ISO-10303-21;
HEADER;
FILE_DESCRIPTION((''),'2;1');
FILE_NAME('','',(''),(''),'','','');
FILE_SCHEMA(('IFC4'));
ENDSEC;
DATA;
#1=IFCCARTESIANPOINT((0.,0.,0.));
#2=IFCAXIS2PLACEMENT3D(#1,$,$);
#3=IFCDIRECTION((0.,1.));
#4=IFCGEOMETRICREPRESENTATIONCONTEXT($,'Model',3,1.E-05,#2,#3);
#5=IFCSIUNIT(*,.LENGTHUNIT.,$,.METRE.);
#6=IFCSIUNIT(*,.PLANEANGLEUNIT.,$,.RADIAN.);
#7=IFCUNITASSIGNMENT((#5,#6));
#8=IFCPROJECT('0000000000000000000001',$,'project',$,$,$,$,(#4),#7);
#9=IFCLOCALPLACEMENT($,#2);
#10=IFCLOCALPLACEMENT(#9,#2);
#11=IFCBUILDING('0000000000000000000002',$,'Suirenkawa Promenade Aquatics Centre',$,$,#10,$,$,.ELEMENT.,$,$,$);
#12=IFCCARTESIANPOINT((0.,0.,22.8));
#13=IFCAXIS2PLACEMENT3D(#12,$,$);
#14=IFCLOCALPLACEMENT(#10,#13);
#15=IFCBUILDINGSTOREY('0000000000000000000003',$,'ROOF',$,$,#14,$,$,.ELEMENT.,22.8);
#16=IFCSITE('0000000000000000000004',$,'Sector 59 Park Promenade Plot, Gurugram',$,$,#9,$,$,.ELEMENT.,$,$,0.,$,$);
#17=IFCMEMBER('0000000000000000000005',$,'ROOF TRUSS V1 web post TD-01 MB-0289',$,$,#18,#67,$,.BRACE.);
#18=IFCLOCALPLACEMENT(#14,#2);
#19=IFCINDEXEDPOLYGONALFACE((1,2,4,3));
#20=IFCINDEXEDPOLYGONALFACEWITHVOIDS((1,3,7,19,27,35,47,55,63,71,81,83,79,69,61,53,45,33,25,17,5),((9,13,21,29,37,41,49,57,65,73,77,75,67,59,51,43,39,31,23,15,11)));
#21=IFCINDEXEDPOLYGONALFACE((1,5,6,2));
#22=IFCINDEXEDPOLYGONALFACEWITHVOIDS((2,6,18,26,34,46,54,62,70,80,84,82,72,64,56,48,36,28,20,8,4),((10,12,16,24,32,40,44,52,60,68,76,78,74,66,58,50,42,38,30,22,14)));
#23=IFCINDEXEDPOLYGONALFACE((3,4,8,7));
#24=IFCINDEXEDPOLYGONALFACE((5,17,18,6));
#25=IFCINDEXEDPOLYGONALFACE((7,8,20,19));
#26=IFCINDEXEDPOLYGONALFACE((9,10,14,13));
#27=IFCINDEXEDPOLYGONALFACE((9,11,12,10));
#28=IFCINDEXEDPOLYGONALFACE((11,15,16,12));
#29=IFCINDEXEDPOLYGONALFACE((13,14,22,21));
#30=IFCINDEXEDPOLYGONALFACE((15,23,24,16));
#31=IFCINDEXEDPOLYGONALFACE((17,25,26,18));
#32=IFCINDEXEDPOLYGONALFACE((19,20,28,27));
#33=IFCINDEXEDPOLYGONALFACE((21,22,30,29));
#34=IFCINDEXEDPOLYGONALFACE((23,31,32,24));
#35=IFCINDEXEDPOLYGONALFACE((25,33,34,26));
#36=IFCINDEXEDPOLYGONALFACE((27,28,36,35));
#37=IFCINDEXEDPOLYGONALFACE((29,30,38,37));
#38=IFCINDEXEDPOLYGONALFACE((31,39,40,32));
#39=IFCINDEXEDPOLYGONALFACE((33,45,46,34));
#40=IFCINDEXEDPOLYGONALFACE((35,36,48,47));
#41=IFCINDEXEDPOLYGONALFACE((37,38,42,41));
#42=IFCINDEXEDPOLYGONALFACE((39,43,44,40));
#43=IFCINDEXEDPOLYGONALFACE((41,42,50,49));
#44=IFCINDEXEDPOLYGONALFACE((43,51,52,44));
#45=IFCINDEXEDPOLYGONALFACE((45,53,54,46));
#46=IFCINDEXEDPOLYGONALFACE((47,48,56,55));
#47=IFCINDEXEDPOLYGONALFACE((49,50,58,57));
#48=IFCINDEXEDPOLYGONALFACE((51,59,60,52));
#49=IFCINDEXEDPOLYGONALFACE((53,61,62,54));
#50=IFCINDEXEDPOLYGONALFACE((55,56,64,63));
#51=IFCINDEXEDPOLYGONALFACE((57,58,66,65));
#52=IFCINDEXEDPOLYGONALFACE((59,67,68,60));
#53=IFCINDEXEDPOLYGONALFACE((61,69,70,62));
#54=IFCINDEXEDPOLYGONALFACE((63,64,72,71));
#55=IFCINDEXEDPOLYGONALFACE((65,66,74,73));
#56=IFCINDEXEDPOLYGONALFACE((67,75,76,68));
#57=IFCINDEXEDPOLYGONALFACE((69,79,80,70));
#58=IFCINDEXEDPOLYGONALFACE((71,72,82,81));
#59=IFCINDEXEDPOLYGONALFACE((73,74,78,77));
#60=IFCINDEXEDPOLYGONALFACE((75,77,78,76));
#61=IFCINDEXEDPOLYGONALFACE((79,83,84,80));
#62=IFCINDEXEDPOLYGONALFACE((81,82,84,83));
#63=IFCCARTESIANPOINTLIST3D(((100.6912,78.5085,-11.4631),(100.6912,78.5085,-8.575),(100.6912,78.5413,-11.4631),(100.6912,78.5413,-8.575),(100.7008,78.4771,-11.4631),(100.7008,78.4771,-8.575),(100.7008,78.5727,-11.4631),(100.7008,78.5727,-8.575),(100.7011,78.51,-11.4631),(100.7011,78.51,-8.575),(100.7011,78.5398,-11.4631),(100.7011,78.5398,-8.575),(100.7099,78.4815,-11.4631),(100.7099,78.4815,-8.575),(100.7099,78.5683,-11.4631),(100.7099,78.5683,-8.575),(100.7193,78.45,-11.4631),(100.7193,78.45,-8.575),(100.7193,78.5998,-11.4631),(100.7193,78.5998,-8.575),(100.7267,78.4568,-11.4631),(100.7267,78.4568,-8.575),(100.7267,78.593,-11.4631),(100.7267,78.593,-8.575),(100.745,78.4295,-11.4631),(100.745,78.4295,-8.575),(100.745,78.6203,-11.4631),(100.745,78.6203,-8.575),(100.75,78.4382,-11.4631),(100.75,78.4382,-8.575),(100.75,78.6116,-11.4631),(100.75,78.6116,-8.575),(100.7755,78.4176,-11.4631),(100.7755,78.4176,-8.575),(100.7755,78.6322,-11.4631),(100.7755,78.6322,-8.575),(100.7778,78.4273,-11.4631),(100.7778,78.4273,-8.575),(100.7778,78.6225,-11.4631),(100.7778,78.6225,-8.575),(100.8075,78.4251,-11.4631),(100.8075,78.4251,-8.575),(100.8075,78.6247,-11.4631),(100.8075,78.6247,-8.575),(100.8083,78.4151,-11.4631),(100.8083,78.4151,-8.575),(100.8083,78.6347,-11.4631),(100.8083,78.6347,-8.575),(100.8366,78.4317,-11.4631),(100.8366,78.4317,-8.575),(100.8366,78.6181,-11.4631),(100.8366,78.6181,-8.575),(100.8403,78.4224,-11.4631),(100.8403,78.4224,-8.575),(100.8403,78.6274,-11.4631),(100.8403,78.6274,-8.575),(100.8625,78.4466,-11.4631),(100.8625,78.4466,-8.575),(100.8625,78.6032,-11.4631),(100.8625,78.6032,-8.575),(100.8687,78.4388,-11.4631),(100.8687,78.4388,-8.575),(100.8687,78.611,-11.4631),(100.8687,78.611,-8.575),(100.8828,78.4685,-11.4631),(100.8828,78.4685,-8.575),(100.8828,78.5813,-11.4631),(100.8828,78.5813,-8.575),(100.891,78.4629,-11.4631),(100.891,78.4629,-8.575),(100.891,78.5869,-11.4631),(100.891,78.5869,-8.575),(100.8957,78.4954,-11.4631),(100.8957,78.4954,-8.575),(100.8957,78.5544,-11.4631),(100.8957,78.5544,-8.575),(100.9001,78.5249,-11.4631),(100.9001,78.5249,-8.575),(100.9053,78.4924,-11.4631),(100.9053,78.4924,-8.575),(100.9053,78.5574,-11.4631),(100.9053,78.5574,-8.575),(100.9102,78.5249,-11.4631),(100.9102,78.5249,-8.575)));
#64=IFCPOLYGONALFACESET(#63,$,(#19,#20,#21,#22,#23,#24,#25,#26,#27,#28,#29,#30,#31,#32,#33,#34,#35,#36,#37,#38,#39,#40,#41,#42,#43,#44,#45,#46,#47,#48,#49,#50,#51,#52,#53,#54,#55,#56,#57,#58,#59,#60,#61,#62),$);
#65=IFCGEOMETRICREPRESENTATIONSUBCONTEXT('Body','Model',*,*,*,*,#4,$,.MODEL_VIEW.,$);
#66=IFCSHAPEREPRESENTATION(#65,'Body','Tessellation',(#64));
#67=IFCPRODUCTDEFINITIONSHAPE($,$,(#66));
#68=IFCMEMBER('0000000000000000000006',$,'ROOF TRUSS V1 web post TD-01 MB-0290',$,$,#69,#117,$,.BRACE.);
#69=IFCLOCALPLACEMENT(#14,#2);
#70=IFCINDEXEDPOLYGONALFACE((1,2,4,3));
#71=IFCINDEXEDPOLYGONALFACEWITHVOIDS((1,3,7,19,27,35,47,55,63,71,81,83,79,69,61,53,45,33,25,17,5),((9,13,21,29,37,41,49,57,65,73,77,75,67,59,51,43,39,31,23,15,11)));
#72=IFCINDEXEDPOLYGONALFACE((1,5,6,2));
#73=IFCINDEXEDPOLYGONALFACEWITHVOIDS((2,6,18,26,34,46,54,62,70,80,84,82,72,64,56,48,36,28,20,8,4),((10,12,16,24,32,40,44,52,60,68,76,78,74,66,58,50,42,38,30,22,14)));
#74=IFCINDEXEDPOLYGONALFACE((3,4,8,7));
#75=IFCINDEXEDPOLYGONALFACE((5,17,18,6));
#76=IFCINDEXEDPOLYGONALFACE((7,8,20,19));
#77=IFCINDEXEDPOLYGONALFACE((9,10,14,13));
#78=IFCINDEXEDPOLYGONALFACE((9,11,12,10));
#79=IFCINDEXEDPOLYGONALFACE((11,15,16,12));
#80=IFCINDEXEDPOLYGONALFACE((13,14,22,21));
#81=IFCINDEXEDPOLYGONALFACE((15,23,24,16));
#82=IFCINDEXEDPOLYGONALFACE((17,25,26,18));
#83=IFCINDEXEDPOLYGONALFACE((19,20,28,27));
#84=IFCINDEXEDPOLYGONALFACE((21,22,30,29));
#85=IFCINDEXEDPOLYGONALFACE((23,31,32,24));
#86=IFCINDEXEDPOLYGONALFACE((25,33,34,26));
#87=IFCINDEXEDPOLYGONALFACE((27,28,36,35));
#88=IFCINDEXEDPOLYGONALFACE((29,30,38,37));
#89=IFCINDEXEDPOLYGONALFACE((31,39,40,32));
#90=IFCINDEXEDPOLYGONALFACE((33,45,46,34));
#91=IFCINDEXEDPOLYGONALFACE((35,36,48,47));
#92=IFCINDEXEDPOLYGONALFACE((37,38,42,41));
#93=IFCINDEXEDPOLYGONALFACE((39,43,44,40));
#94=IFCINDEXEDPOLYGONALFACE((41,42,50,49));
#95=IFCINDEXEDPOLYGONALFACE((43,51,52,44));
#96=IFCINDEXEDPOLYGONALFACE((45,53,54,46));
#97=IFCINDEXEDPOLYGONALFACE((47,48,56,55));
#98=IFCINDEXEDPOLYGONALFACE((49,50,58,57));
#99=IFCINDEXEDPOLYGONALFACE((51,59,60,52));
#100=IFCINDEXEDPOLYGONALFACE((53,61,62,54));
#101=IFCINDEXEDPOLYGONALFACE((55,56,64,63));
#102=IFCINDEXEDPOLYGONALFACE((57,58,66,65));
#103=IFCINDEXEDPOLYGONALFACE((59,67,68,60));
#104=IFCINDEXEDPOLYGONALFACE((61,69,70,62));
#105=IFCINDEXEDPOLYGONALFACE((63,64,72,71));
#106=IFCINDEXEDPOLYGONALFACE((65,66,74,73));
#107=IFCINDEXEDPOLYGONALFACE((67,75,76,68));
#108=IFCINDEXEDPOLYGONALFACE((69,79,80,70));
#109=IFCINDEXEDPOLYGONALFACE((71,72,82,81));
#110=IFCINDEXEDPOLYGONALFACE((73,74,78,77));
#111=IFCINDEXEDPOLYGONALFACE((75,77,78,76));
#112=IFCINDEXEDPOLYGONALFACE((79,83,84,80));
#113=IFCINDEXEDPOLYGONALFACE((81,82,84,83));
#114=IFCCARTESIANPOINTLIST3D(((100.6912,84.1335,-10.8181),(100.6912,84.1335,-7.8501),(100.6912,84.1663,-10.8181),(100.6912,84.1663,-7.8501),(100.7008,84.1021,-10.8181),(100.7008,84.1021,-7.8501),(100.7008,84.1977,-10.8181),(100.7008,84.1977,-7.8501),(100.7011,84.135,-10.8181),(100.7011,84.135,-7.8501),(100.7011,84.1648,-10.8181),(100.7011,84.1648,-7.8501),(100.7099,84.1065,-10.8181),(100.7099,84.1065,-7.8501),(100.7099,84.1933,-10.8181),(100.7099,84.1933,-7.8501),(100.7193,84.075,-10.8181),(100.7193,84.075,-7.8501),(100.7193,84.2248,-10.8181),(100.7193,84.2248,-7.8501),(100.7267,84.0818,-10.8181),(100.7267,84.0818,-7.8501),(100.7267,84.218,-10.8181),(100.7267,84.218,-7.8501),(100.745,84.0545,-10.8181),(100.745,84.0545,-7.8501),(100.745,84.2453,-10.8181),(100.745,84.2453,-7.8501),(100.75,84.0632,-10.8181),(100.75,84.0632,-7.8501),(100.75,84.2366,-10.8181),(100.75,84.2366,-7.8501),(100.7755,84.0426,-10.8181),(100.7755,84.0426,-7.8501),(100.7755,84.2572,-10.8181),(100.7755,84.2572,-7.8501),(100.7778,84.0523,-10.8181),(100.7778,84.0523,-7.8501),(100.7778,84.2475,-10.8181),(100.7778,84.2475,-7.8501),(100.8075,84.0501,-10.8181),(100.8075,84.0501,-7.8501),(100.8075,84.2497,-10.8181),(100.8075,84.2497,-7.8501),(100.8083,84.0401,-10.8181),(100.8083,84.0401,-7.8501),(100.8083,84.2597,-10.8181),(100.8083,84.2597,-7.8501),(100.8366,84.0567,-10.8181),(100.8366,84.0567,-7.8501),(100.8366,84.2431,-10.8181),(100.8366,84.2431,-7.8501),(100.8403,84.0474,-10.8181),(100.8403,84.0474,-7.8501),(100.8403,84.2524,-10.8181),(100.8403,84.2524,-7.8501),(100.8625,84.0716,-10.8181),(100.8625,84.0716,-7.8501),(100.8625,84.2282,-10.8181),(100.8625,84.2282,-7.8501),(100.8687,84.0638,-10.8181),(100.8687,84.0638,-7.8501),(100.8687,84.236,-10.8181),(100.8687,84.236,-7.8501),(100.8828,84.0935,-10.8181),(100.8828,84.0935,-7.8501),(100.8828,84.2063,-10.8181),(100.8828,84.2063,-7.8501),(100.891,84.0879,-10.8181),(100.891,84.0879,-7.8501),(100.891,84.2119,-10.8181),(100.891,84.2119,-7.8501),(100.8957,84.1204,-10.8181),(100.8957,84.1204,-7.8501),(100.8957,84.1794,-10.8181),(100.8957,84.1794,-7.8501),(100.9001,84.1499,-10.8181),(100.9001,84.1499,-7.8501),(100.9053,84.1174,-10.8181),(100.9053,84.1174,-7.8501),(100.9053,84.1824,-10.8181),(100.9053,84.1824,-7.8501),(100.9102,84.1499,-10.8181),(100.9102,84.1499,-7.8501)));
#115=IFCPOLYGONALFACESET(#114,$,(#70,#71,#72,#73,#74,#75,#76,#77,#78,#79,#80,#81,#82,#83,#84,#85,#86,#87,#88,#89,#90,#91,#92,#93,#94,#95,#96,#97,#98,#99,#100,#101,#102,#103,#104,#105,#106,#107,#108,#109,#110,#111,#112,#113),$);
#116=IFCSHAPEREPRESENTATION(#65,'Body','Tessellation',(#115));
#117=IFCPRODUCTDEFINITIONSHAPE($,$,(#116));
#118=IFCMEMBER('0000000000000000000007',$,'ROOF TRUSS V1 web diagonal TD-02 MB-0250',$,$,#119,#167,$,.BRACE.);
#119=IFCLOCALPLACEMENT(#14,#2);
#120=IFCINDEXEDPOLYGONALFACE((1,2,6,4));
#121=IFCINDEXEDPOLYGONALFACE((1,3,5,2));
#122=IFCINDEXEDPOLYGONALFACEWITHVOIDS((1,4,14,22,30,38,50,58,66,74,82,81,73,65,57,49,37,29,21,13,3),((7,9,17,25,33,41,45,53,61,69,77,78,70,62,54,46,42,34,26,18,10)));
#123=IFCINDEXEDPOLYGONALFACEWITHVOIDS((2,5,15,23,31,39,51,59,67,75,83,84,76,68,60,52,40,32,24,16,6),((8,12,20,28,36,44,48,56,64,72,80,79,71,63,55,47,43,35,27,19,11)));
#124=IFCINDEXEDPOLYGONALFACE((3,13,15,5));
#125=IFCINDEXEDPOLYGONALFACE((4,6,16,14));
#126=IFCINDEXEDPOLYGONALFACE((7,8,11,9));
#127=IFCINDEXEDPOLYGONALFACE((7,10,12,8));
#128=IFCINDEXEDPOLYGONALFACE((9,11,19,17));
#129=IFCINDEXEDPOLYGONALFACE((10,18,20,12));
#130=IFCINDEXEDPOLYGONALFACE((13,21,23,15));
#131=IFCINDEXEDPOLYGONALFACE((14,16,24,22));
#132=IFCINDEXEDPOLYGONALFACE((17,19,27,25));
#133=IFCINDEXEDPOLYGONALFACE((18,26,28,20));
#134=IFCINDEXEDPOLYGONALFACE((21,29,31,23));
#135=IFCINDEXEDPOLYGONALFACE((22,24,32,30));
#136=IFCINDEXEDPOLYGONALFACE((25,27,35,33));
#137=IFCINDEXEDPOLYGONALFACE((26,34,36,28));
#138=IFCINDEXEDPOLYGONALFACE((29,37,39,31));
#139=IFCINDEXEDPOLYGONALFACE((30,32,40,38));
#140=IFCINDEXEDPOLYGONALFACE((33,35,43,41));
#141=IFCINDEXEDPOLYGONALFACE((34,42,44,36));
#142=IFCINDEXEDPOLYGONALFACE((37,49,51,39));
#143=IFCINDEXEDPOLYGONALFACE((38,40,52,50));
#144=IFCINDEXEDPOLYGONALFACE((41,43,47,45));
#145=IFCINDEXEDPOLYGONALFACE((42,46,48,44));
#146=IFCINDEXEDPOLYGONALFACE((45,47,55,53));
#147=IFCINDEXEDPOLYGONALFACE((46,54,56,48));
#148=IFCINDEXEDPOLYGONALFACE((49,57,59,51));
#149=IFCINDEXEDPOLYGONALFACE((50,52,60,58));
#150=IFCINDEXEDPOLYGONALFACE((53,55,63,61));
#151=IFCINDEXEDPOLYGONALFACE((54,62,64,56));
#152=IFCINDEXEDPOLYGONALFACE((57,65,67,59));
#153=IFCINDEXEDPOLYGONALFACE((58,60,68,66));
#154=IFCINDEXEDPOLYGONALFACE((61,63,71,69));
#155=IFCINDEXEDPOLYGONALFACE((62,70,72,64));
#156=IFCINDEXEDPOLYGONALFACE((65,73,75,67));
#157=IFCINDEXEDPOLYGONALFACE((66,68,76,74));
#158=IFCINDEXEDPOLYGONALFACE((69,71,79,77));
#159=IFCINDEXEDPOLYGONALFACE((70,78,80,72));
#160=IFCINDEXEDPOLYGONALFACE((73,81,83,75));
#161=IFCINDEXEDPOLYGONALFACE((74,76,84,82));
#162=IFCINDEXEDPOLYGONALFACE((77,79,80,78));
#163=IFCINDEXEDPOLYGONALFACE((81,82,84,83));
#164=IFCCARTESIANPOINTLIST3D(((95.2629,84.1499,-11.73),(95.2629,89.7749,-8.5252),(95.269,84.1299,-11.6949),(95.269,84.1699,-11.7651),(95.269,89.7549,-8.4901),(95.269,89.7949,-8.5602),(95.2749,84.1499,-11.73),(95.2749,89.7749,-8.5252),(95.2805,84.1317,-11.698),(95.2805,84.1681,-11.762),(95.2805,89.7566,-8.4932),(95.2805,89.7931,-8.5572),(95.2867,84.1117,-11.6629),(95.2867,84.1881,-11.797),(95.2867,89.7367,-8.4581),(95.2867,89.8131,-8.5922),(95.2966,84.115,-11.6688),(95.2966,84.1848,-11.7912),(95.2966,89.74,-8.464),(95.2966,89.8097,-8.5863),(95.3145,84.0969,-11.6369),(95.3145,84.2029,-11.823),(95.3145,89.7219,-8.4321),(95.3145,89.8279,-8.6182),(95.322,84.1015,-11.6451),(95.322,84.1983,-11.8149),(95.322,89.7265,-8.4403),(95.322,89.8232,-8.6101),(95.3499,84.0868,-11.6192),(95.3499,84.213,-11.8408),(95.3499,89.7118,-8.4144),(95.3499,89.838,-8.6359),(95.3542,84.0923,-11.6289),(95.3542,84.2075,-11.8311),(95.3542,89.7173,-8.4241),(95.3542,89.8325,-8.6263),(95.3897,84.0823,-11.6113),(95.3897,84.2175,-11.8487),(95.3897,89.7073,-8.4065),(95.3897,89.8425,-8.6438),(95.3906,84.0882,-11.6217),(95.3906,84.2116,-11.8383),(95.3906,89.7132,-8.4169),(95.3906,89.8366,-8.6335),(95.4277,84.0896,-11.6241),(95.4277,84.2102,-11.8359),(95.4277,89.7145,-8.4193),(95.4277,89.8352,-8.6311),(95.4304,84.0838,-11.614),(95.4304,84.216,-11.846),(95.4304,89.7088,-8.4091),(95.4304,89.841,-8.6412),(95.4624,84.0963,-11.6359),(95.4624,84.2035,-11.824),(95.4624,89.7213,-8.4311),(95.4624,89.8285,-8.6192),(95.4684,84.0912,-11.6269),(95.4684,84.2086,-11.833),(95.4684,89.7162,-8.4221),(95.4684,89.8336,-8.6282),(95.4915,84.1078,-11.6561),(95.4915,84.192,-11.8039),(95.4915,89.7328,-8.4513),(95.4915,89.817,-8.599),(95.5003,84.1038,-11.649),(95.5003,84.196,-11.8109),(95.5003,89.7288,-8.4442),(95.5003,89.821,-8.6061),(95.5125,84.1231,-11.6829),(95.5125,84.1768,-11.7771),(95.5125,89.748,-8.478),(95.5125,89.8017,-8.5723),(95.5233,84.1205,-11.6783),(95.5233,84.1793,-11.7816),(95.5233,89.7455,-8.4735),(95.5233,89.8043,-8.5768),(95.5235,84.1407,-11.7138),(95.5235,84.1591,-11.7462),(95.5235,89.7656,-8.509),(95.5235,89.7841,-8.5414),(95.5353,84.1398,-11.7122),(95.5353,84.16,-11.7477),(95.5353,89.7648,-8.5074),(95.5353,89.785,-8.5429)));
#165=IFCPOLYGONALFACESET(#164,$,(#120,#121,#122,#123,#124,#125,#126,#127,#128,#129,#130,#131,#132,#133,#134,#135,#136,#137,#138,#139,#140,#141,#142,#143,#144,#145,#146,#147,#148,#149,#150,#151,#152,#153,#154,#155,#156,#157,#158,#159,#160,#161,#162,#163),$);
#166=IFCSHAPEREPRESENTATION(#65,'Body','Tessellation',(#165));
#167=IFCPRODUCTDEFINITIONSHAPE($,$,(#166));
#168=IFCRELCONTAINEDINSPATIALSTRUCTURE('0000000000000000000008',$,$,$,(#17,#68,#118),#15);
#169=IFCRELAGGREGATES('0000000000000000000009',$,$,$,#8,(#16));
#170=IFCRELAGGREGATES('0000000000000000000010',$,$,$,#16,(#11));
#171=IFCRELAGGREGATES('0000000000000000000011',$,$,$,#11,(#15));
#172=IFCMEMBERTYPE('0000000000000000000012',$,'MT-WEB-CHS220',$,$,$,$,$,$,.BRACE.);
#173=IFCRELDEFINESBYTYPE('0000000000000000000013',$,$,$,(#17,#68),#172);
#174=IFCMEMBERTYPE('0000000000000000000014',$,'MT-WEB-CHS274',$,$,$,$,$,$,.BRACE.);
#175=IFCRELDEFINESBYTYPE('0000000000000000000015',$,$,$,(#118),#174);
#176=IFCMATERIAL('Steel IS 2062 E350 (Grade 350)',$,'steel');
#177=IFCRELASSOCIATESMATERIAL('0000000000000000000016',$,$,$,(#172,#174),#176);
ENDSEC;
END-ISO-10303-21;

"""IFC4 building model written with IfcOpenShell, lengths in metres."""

from ifc_helpers import new_model, si_unit, direction, frame, origin, origin_2d, place, context, subcontext, project, spatial, hollow_circle, extrude, material, material_profile, profile_set, type_object, element, save


model = new_model("IFC4")

# Units and contexts
model_context = context("Model", 3, precision=1e-05, world=origin(), true_north=direction((0.0, 1.0)))
body_context = subcontext(model_context, "Body", "Model", "MODEL_VIEW")
ifc_project = project(units=[si_unit("LENGTHUNIT", "METRE"), si_unit("PLANEANGLEUNIT", "RADIAN")], contexts=[model_context])

# Site, building, storey
site_placement = place(None, origin())
site = spatial("IfcSite", under=ifc_project, at=site_placement, Name="Sector 59 Park Promenade Plot, Gurugram", CompositionType="ELEMENT", RefElevation=0.0)
building_placement = place(site_placement, origin())
building = spatial("IfcBuilding", under=site, at=building_placement, Name="Suirenkawa Promenade Aquatics Centre", CompositionType="ELEMENT")
storey_placement = place(building_placement, frame((0.0, 0.0, 22.8)))
storey = spatial("IfcBuildingStorey", under=building, at=storey_placement, Name="ROOF", CompositionType="ELEMENT", Elevation=22.8)

# Shared definitions
ifc_material = material(Name="Steel IS 2062 E350 (Grade 350)", Category="steel")

# Members
ifc_material_profile_1 = material_profile(ifc_material, hollow_circle(Radius=0.1101, WallThickness=0.01, at=origin_2d()), Name="CHS 220x10", Category="steel")
ifc_profile_set_1 = profile_set([ifc_material_profile_1], Name="Steel IS 2062 E350 (Grade 350)")
member_type_1 = type_object("IfcMemberType", Name="MT-WEB-CHS220", PredefinedType="BRACE", material=ifc_profile_set_1)
member_1_placement = place(storey_placement, frame((100.8, 78.5249, -11.4631), z_axis=(0.0, 0.0, 1.0), x_axis=(1.0, 0.0, 0.0)))
element("IfcMember", 1, at=member_1_placement, inside=storey, type_object=member_type_1, Name="ROOF TRUSS V1 web post TD-01 MB-0289", PredefinedType="BRACE", context=body_context, shape_type="SweptSolid", body=[
    extrude(hollow_circle(Radius=0.1101, WallThickness=0.01, at=origin_2d()), origin(), (0.0, 0.0, 1.0), 2.8882),
])
member_2_placement = place(storey_placement, frame((100.8, 84.1499, -10.8181), z_axis=(0.0, 0.0, 1.0), x_axis=(1.0, 0.0, 0.0)))
element("IfcMember", 2, at=member_2_placement, inside=storey, type_object=member_type_1, Name="ROOF TRUSS V1 web post TD-01 MB-0290", PredefinedType="BRACE", context=body_context, shape_type="SweptSolid", body=[
    extrude(hollow_circle(Radius=0.1101, WallThickness=0.01, at=origin_2d()), origin(), (0.0, 0.0, 1.0), 2.968),
])
ifc_material_profile_2 = material_profile(ifc_material, hollow_circle(Radius=0.137, WallThickness=0.012, at=origin_2d()), Name="CHS 274x12", Category="steel")
ifc_profile_set_2 = profile_set([ifc_material_profile_2], Name="Steel IS 2062 E350 (Grade 350)")
member_type_2 = type_object("IfcMemberType", Name="MT-WEB-CHS274", PredefinedType="BRACE", material=ifc_profile_set_2)
member_3_placement = place(storey_placement, frame((95.3999, 84.1499, -11.73), z_axis=(0.0, 0.868871, 0.495038), x_axis=(-1.0, 0.0, 0.0)))
element("IfcMember", 3, at=member_3_placement, inside=storey, type_object=member_type_2, Name="ROOF TRUSS V1 web diagonal TD-02 MB-0250", PredefinedType="BRACE", context=body_context, shape_type="SweptSolid", body=[
    extrude(hollow_circle(Radius=0.137, WallThickness=0.012, at=origin_2d()), origin(), (0.0, 0.0, 1.0), 6.4739),
])

save(model, "model.ifc")
